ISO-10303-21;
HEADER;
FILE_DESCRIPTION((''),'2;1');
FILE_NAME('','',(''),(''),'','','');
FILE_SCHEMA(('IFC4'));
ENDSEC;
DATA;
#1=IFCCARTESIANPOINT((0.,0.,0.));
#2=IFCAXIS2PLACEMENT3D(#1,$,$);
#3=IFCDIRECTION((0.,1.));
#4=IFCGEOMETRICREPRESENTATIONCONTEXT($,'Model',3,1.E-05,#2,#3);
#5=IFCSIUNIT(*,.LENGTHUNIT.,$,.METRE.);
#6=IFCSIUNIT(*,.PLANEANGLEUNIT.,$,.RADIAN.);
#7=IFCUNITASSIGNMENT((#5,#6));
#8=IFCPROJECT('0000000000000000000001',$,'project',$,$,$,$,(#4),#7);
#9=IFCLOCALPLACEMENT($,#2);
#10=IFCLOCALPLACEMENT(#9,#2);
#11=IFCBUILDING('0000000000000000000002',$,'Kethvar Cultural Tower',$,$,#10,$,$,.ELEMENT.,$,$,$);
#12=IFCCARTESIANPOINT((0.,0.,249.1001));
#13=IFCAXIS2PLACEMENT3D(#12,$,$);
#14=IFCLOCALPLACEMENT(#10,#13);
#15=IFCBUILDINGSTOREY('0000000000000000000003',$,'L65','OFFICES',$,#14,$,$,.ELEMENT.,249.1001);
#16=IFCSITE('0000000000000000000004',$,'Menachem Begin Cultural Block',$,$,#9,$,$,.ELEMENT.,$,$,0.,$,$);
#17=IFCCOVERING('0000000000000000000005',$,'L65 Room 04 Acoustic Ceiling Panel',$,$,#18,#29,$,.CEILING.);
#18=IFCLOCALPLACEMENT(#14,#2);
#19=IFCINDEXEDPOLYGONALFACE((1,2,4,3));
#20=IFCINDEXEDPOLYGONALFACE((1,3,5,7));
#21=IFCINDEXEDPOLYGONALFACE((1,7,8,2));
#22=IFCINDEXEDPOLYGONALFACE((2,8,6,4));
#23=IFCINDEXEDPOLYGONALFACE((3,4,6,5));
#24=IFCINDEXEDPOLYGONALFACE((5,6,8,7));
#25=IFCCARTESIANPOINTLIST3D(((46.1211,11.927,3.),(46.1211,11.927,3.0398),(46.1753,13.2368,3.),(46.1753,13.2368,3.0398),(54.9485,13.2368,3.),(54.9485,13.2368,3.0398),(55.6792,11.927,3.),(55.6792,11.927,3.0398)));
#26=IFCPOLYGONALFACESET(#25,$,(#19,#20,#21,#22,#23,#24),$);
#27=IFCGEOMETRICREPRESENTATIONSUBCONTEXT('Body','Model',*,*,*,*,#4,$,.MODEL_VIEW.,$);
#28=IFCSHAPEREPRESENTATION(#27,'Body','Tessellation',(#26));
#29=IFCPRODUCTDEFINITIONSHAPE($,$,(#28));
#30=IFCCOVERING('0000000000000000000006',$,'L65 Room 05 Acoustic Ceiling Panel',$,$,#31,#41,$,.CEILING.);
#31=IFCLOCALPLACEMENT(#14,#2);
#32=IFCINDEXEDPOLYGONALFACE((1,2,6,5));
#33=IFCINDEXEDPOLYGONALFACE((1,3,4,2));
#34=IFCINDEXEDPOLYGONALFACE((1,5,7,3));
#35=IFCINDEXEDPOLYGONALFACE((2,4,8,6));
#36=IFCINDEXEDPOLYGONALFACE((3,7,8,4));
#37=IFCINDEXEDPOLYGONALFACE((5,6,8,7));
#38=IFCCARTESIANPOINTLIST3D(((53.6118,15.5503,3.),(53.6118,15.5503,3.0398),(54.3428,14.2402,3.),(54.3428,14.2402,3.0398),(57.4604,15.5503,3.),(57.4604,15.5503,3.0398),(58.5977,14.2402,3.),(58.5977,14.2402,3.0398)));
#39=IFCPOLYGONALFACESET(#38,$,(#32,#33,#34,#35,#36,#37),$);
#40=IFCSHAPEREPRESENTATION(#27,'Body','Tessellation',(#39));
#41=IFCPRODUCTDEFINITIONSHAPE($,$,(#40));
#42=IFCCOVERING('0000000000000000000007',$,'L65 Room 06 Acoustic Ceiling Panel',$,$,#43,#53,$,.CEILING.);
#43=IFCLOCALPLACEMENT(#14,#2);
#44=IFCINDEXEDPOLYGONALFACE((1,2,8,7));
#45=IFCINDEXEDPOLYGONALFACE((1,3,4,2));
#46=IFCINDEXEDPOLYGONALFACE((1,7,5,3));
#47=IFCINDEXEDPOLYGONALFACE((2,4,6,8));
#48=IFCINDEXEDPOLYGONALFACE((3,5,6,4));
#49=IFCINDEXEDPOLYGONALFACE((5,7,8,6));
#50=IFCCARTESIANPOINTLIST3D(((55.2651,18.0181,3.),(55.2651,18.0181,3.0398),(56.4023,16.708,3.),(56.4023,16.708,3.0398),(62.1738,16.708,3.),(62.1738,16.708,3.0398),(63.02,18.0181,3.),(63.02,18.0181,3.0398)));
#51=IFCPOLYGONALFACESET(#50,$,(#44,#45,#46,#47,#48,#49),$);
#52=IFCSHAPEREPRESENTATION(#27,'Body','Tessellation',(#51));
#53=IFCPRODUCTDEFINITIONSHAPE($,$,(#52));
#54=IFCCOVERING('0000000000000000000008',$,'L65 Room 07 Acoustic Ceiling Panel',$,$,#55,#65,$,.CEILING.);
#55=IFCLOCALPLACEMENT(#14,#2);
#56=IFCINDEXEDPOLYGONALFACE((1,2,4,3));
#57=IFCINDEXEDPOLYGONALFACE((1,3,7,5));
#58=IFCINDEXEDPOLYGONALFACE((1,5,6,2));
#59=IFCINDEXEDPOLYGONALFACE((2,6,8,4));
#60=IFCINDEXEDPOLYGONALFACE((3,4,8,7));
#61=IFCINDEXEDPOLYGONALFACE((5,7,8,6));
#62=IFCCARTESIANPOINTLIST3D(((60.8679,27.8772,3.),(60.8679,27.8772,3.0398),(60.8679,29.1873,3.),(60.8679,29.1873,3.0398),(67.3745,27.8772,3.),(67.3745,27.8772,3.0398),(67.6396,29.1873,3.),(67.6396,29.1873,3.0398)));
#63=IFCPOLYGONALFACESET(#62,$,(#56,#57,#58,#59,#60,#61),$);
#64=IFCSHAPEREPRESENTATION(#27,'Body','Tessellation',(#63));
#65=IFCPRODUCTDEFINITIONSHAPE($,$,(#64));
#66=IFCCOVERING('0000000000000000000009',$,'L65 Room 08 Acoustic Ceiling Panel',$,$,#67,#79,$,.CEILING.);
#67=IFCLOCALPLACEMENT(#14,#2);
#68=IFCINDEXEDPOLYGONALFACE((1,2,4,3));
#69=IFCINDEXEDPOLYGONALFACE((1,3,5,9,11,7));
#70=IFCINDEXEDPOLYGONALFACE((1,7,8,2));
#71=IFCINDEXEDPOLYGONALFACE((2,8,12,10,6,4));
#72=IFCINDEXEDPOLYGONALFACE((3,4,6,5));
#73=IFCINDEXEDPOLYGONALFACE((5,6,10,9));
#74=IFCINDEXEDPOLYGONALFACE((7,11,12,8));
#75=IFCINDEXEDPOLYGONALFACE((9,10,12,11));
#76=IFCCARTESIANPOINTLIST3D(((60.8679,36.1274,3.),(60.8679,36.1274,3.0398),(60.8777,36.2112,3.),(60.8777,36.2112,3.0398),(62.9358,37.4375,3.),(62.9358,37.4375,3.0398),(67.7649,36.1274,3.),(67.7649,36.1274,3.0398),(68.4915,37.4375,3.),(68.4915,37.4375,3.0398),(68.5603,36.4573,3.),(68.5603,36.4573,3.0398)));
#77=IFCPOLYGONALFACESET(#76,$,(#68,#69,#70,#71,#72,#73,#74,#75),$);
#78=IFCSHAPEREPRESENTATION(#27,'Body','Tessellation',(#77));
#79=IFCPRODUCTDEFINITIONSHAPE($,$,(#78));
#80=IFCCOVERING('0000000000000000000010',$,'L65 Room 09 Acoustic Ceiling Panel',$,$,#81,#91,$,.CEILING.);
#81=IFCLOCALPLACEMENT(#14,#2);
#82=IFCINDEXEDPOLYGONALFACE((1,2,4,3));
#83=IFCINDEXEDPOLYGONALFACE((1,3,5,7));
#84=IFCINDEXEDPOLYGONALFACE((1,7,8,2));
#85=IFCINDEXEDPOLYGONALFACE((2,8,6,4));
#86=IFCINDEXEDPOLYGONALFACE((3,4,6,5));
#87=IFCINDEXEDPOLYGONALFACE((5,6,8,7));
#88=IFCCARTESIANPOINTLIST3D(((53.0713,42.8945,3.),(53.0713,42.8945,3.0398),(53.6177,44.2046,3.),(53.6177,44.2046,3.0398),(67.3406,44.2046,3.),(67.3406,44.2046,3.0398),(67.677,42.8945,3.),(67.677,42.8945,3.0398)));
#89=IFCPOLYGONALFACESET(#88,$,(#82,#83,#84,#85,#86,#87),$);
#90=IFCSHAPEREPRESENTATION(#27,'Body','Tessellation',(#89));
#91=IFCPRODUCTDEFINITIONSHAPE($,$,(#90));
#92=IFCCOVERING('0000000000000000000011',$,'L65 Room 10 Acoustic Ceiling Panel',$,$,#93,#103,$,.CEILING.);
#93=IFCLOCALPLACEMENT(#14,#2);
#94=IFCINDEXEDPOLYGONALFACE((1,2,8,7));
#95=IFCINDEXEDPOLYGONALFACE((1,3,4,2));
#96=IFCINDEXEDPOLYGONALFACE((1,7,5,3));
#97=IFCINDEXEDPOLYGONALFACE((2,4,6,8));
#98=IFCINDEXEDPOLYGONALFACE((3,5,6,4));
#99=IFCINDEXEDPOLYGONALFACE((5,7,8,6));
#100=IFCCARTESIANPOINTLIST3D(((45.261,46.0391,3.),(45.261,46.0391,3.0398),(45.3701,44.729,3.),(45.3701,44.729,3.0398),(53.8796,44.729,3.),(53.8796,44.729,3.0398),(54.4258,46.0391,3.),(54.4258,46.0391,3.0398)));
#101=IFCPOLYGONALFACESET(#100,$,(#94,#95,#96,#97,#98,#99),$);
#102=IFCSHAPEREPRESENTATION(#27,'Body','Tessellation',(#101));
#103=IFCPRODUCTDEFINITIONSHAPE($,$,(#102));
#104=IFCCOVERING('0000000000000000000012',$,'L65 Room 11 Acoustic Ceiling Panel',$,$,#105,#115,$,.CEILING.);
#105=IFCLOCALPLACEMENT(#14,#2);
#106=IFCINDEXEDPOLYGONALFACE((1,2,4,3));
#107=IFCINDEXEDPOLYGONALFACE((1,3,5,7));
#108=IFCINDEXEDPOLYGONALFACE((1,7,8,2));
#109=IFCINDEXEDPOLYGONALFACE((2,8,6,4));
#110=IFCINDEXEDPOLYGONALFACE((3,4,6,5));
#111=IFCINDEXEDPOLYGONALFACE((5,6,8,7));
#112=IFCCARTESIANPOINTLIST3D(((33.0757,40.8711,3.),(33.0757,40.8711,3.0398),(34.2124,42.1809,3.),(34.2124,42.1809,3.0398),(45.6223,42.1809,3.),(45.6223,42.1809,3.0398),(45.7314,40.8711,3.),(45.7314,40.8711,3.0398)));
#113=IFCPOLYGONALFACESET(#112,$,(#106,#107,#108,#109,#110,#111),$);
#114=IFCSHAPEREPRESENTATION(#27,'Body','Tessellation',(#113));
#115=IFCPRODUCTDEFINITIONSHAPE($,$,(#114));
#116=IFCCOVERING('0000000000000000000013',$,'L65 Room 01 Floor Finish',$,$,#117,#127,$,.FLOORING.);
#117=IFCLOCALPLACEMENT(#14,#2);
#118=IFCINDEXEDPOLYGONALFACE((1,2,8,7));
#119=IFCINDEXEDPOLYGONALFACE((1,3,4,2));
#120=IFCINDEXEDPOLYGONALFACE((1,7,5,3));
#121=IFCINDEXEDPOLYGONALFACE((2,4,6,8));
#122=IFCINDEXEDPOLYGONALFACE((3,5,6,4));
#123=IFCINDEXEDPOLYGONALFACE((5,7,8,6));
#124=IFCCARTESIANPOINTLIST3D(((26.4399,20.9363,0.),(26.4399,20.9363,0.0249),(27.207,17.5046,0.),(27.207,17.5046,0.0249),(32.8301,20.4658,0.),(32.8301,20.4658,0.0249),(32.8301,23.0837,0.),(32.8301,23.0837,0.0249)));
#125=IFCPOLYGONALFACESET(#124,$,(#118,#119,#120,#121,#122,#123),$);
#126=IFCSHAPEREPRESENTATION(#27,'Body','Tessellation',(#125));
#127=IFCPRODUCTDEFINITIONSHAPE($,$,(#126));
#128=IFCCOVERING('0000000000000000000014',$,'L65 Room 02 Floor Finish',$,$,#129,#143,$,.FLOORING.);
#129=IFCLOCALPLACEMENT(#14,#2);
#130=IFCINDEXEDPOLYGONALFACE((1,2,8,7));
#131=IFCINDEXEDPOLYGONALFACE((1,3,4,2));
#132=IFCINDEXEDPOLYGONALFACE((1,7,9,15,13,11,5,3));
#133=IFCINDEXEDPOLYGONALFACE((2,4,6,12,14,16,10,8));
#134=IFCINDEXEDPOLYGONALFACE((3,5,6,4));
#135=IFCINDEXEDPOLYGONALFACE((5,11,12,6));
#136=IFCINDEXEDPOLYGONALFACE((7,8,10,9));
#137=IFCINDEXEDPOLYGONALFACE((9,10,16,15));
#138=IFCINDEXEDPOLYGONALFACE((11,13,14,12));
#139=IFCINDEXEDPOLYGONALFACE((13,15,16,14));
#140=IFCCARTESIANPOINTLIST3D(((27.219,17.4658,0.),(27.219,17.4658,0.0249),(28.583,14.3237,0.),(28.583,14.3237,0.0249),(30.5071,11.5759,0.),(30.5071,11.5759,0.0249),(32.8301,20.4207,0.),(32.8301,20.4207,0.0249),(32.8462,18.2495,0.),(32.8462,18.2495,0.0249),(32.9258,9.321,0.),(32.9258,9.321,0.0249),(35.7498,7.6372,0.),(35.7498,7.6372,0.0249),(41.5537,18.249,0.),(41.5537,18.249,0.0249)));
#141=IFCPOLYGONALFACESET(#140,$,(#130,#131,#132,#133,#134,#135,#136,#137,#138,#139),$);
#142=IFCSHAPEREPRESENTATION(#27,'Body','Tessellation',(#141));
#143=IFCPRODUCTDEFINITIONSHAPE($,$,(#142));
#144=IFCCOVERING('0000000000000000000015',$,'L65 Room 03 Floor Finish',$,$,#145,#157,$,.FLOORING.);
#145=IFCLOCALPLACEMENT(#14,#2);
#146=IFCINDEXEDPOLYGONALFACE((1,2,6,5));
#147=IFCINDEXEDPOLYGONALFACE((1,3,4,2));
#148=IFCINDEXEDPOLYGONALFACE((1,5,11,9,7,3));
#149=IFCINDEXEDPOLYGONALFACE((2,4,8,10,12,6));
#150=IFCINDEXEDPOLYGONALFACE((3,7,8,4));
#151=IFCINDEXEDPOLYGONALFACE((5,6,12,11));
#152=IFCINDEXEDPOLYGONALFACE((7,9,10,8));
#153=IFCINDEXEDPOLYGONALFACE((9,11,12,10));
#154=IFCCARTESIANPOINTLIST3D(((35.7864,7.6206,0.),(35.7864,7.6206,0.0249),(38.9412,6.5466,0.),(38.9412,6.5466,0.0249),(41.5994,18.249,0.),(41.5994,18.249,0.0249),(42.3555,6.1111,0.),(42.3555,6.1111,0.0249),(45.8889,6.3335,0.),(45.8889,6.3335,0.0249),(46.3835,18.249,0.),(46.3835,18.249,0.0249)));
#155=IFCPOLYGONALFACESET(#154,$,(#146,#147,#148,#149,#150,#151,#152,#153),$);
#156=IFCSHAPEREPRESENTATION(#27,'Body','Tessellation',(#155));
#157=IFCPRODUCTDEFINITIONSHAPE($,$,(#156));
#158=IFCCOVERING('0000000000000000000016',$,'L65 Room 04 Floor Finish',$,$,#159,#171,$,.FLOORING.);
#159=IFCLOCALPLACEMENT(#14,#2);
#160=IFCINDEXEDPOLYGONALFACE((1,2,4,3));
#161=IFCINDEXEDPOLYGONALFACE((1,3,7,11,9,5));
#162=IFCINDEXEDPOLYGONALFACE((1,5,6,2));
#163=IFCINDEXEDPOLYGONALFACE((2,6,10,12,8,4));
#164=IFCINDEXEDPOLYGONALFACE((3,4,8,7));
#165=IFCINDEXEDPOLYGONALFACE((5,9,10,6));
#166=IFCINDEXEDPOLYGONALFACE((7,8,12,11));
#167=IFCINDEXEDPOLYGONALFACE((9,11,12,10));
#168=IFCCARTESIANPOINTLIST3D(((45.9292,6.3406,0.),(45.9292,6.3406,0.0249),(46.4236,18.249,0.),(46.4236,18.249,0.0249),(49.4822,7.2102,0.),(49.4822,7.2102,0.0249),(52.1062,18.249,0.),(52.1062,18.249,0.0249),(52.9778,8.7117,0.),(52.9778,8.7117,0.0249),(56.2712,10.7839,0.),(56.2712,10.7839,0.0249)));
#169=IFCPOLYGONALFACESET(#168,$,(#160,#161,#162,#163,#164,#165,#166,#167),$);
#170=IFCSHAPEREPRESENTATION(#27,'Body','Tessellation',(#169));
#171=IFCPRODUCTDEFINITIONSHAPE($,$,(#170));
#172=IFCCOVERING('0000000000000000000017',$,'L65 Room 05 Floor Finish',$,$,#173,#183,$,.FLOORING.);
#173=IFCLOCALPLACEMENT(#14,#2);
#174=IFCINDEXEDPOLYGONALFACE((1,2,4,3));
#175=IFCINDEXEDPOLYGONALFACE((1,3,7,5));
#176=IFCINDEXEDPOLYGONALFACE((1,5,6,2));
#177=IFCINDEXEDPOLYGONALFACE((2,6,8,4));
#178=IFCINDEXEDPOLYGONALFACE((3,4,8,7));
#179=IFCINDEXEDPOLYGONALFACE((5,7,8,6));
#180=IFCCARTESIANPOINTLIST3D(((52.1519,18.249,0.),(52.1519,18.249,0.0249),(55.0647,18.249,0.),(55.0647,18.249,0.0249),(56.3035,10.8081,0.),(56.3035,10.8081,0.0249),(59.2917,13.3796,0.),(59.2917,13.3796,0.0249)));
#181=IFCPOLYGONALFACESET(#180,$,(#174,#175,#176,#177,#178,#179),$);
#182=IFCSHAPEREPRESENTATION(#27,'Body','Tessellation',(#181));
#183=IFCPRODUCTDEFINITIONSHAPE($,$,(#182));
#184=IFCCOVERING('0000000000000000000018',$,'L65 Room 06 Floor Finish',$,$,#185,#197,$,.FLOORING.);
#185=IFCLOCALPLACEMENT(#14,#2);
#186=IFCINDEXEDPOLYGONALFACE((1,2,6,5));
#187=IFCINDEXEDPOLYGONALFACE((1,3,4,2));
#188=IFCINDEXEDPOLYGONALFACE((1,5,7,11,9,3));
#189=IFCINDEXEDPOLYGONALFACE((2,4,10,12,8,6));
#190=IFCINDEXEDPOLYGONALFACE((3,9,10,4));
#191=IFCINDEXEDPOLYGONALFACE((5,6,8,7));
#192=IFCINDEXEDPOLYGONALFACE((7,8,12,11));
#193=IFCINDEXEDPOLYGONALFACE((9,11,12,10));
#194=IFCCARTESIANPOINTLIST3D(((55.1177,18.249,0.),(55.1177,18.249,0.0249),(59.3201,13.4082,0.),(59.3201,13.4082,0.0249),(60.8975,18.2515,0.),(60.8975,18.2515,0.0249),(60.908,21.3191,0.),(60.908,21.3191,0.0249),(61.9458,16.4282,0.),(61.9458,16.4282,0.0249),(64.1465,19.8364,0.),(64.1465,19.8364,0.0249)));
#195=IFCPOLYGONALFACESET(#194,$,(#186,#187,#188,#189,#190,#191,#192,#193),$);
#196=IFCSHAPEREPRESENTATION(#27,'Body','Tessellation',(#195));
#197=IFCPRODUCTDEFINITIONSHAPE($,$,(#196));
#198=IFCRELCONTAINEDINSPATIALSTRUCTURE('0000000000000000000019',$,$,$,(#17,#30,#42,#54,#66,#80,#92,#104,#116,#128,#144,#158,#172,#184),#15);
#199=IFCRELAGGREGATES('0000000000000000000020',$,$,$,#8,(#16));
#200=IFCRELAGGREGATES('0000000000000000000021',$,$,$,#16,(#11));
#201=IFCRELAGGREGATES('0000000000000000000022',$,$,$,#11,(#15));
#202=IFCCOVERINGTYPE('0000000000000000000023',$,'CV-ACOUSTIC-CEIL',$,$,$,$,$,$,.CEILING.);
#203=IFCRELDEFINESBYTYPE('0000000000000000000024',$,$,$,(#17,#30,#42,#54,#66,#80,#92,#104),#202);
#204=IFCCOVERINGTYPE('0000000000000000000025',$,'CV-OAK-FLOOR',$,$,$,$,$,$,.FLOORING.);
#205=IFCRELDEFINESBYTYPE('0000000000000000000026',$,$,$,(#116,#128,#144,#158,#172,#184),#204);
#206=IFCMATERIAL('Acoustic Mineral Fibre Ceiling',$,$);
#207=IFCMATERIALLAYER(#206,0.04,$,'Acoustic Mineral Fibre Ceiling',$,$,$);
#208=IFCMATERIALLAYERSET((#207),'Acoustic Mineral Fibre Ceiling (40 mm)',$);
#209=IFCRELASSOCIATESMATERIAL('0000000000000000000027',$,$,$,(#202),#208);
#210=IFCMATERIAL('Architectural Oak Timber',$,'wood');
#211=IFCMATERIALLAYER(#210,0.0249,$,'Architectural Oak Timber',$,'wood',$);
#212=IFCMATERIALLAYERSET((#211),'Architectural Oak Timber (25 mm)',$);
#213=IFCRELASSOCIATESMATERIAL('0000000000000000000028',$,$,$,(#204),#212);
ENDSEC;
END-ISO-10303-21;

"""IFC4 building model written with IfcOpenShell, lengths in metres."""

from ifc_helpers import new_model, si_unit, direction, frame, origin, place, context, subcontext, project, spatial, polyline, outline, extrude, material, layer, layer_set, type_object, element, save


model = new_model("IFC4")

# Units and contexts
model_context = context("Model", 3, precision=1e-05, world=origin(), true_north=direction((0.0, 1.0)))
body_context = subcontext(model_context, "Body", "Model", "MODEL_VIEW")
ifc_project = project(units=[si_unit("LENGTHUNIT", "METRE"), si_unit("PLANEANGLEUNIT", "RADIAN")], contexts=[model_context])

# Site, building, storey
site_placement = place(None, origin())
site = spatial("IfcSite", under=ifc_project, at=site_placement, Name="Menachem Begin Cultural Block", CompositionType="ELEMENT", RefElevation=0.0)
building_placement = place(site_placement, origin())
building = spatial("IfcBuilding", under=site, at=building_placement, Name="Kethvar Cultural Tower", CompositionType="ELEMENT")
storey_placement = place(building_placement, frame((0.0, 0.0, 249.1001)))
storey = spatial("IfcBuildingStorey", under=building, at=storey_placement, Name="L65", Description="OFFICES", CompositionType="ELEMENT", Elevation=249.1001)

# Coverings
ifc_material_1 = material(Name="Acoustic Mineral Fibre Ceiling")
ifc_layer_1 = layer(ifc_material_1, 0.04, Name="Acoustic Mineral Fibre Ceiling")
ifc_layer_set_1 = layer_set([ifc_layer_1], Name="Acoustic Mineral Fibre Ceiling (40 mm)")
covering_type_1 = type_object("IfcCoveringType", Name="CV-ACOUSTIC-CEIL", PredefinedType="CEILING", material=ifc_layer_set_1)
covering_1_placement = place(storey_placement, frame((0.0, 0.0, 3.0)))
element("IfcCovering", 1, at=covering_1_placement, inside=storey, type_object=covering_type_1, Name="L65 Room 04 Acoustic Ceiling Panel", PredefinedType="CEILING", context=body_context, shape_type="SweptSolid", body=[
    extrude(outline(polyline([(46.1753, 13.2368), (54.9485, 13.2368), (55.6792, 11.927), (46.1211, 11.927), (46.1753, 13.2368)])), origin(), (0.0, 0.0, 1.0), 0.0398),
])
covering_2_placement = place(storey_placement, frame((0.0, 0.0, 3.0)))
element("IfcCovering", 2, at=covering_2_placement, inside=storey, type_object=covering_type_1, Name="L65 Room 05 Acoustic Ceiling Panel", PredefinedType="CEILING", context=body_context, shape_type="SweptSolid", body=[
    extrude(outline(polyline([(53.6118, 15.5503), (57.4604, 15.5503), (58.5977, 14.2402), (54.3428, 14.2402), (53.6118, 15.5503)])), origin(), (0.0, 0.0, 1.0), 0.0398),
])
covering_3_placement = place(storey_placement, frame((0.0, 0.0, 3.0)))
element("IfcCovering", 3, at=covering_3_placement, inside=storey, type_object=covering_type_1, Name="L65 Room 06 Acoustic Ceiling Panel", PredefinedType="CEILING", context=body_context, shape_type="SweptSolid", body=[
    extrude(outline(polyline([(55.2651, 18.0181), (63.02, 18.0181), (62.1738, 16.708), (56.4023, 16.708), (55.2651, 18.0181)])), origin(), (0.0, 0.0, 1.0), 0.0398),
])
covering_4_placement = place(storey_placement, frame((0.0, 0.0, 3.0)))
element("IfcCovering", 4, at=covering_4_placement, inside=storey, type_object=covering_type_1, Name="L65 Room 07 Acoustic Ceiling Panel", PredefinedType="CEILING", context=body_context, shape_type="SweptSolid", body=[
    extrude(outline(polyline([(67.3745, 27.8772), (60.8679, 27.8772), (60.8679, 29.1873), (67.6396, 29.1873), (67.3745, 27.8772)])), origin(), (0.0, 0.0, 1.0), 0.0398),
])
covering_5_placement = place(storey_placement, frame((0.0, 0.0, 3.0)))
element("IfcCovering", 5, at=covering_5_placement, inside=storey, type_object=covering_type_1, Name="L65 Room 08 Acoustic Ceiling Panel", PredefinedType="CEILING", context=body_context, shape_type="SweptSolid", body=[
    extrude(outline(polyline([(68.5603, 36.4573), (67.7649, 36.1274), (60.8679, 36.1274), (60.8777, 36.2112), (62.9358, 37.4375), (68.4915, 37.4375), (68.5603, 36.4573)])), origin(), (0.0, 0.0, 1.0), 0.0398),
])
covering_6_placement = place(storey_placement, frame((0.0, 0.0, 3.0)))
element("IfcCovering", 6, at=covering_6_placement, inside=storey, type_object=covering_type_1, Name="L65 Room 09 Acoustic Ceiling Panel", PredefinedType="CEILING", context=body_context, shape_type="SweptSolid", body=[
    extrude(outline(polyline([(67.677, 42.8945), (53.0713, 42.8945), (53.6177, 44.2046), (67.3406, 44.2046), (67.677, 42.8945)])), origin(), (0.0, 0.0, 1.0), 0.0398),
])
covering_7_placement = place(storey_placement, frame((0.0, 0.0, 3.0)))
element("IfcCovering", 7, at=covering_7_placement, inside=storey, type_object=covering_type_1, Name="L65 Room 10 Acoustic Ceiling Panel", PredefinedType="CEILING", context=body_context, shape_type="SweptSolid", body=[
    extrude(outline(polyline([(53.8796, 44.729), (45.3701, 44.729), (45.261, 46.0391), (54.4258, 46.0391), (53.8796, 44.729)])), origin(), (0.0, 0.0, 1.0), 0.0398),
])
covering_8_placement = place(storey_placement, frame((0.0, 0.0, 3.0)))
element("IfcCovering", 8, at=covering_8_placement, inside=storey, type_object=covering_type_1, Name="L65 Room 11 Acoustic Ceiling Panel", PredefinedType="CEILING", context=body_context, shape_type="SweptSolid", body=[
    extrude(outline(polyline([(34.2124, 42.1809), (45.6223, 42.1809), (45.7314, 40.8711), (33.0757, 40.8711), (34.2124, 42.1809)])), origin(), (0.0, 0.0, 1.0), 0.0398),
])
ifc_material_2 = material(Name="Architectural Oak Timber", Category="wood")
ifc_layer_2 = layer(ifc_material_2, 0.0249, Name="Architectural Oak Timber", Category="wood")
ifc_layer_set_2 = layer_set([ifc_layer_2], Name="Architectural Oak Timber (25 mm)")
covering_type_2 = type_object("IfcCoveringType", Name="CV-OAK-FLOOR", PredefinedType="FLOORING", material=ifc_layer_set_2)
covering_9_placement = place(storey_placement, origin())
element("IfcCovering", 9, at=covering_9_placement, inside=storey, type_object=covering_type_2, Name="L65 Room 01 Floor Finish", PredefinedType="FLOORING", context=body_context, shape_type="SweptSolid", body=[
    extrude(outline(polyline([(26.4399, 20.9363), (32.8301, 23.0837), (32.8301, 20.4658), (27.207, 17.5046), (26.4399, 20.9363)])), origin(), (0.0, 0.0, 1.0), 0.0249),
])
covering_10_placement = place(storey_placement, origin())
element("IfcCovering", 10, at=covering_10_placement, inside=storey, type_object=covering_type_2, Name="L65 Room 02 Floor Finish", PredefinedType="FLOORING", context=body_context, shape_type="SweptSolid", body=[
    extrude(outline(polyline([(32.9258, 9.321), (30.5071, 11.5759), (28.583, 14.3237), (27.219, 17.4658), (32.8301, 20.4207), (32.8462, 18.2495), (41.5537, 18.249), (35.7498, 7.6372), (32.9258, 9.321)])), origin(), (0.0, 0.0, 1.0), 0.0249),
])
covering_11_placement = place(storey_placement, origin())
element("IfcCovering", 11, at=covering_11_placement, inside=storey, type_object=covering_type_2, Name="L65 Room 03 Floor Finish", PredefinedType="FLOORING", context=body_context, shape_type="SweptSolid", body=[
    extrude(outline(polyline([(42.3555, 6.1111), (38.9412, 6.5466), (35.7864, 7.6206), (41.5994, 18.249), (46.3835, 18.249), (45.8889, 6.3335), (42.3555, 6.1111)])), origin(), (0.0, 0.0, 1.0), 0.0249),
])
covering_12_placement = place(storey_placement, origin())
element("IfcCovering", 12, at=covering_12_placement, inside=storey, type_object=covering_type_2, Name="L65 Room 04 Floor Finish", PredefinedType="FLOORING", context=body_context, shape_type="SweptSolid", body=[
    extrude(outline(polyline([(52.9778, 8.7117), (49.4822, 7.2102), (45.9292, 6.3406), (46.4236, 18.249), (52.1062, 18.249), (56.2712, 10.7839), (52.9778, 8.7117)])), origin(), (0.0, 0.0, 1.0), 0.0249),
])
covering_13_placement = place(storey_placement, origin())
element("IfcCovering", 13, at=covering_13_placement, inside=storey, type_object=covering_type_2, Name="L65 Room 05 Floor Finish", PredefinedType="FLOORING", context=body_context, shape_type="SweptSolid", body=[
    extrude(outline(polyline([(56.3035, 10.8081), (52.1519, 18.249), (55.0647, 18.249), (59.2917, 13.3796), (56.3035, 10.8081)])), origin(), (0.0, 0.0, 1.0), 0.0249),
])
covering_14_placement = place(storey_placement, origin())
element("IfcCovering", 14, at=covering_14_placement, inside=storey, type_object=covering_type_2, Name="L65 Room 06 Floor Finish", PredefinedType="FLOORING", context=body_context, shape_type="SweptSolid", body=[
    extrude(outline(polyline([(61.9458, 16.4282), (59.3201, 13.4082), (55.1177, 18.249), (60.8975, 18.2515), (60.908, 21.3191), (64.1465, 19.8364), (61.9458, 16.4282)])), origin(), (0.0, 0.0, 1.0), 0.0249),
])

save(model, "model.ifc")
